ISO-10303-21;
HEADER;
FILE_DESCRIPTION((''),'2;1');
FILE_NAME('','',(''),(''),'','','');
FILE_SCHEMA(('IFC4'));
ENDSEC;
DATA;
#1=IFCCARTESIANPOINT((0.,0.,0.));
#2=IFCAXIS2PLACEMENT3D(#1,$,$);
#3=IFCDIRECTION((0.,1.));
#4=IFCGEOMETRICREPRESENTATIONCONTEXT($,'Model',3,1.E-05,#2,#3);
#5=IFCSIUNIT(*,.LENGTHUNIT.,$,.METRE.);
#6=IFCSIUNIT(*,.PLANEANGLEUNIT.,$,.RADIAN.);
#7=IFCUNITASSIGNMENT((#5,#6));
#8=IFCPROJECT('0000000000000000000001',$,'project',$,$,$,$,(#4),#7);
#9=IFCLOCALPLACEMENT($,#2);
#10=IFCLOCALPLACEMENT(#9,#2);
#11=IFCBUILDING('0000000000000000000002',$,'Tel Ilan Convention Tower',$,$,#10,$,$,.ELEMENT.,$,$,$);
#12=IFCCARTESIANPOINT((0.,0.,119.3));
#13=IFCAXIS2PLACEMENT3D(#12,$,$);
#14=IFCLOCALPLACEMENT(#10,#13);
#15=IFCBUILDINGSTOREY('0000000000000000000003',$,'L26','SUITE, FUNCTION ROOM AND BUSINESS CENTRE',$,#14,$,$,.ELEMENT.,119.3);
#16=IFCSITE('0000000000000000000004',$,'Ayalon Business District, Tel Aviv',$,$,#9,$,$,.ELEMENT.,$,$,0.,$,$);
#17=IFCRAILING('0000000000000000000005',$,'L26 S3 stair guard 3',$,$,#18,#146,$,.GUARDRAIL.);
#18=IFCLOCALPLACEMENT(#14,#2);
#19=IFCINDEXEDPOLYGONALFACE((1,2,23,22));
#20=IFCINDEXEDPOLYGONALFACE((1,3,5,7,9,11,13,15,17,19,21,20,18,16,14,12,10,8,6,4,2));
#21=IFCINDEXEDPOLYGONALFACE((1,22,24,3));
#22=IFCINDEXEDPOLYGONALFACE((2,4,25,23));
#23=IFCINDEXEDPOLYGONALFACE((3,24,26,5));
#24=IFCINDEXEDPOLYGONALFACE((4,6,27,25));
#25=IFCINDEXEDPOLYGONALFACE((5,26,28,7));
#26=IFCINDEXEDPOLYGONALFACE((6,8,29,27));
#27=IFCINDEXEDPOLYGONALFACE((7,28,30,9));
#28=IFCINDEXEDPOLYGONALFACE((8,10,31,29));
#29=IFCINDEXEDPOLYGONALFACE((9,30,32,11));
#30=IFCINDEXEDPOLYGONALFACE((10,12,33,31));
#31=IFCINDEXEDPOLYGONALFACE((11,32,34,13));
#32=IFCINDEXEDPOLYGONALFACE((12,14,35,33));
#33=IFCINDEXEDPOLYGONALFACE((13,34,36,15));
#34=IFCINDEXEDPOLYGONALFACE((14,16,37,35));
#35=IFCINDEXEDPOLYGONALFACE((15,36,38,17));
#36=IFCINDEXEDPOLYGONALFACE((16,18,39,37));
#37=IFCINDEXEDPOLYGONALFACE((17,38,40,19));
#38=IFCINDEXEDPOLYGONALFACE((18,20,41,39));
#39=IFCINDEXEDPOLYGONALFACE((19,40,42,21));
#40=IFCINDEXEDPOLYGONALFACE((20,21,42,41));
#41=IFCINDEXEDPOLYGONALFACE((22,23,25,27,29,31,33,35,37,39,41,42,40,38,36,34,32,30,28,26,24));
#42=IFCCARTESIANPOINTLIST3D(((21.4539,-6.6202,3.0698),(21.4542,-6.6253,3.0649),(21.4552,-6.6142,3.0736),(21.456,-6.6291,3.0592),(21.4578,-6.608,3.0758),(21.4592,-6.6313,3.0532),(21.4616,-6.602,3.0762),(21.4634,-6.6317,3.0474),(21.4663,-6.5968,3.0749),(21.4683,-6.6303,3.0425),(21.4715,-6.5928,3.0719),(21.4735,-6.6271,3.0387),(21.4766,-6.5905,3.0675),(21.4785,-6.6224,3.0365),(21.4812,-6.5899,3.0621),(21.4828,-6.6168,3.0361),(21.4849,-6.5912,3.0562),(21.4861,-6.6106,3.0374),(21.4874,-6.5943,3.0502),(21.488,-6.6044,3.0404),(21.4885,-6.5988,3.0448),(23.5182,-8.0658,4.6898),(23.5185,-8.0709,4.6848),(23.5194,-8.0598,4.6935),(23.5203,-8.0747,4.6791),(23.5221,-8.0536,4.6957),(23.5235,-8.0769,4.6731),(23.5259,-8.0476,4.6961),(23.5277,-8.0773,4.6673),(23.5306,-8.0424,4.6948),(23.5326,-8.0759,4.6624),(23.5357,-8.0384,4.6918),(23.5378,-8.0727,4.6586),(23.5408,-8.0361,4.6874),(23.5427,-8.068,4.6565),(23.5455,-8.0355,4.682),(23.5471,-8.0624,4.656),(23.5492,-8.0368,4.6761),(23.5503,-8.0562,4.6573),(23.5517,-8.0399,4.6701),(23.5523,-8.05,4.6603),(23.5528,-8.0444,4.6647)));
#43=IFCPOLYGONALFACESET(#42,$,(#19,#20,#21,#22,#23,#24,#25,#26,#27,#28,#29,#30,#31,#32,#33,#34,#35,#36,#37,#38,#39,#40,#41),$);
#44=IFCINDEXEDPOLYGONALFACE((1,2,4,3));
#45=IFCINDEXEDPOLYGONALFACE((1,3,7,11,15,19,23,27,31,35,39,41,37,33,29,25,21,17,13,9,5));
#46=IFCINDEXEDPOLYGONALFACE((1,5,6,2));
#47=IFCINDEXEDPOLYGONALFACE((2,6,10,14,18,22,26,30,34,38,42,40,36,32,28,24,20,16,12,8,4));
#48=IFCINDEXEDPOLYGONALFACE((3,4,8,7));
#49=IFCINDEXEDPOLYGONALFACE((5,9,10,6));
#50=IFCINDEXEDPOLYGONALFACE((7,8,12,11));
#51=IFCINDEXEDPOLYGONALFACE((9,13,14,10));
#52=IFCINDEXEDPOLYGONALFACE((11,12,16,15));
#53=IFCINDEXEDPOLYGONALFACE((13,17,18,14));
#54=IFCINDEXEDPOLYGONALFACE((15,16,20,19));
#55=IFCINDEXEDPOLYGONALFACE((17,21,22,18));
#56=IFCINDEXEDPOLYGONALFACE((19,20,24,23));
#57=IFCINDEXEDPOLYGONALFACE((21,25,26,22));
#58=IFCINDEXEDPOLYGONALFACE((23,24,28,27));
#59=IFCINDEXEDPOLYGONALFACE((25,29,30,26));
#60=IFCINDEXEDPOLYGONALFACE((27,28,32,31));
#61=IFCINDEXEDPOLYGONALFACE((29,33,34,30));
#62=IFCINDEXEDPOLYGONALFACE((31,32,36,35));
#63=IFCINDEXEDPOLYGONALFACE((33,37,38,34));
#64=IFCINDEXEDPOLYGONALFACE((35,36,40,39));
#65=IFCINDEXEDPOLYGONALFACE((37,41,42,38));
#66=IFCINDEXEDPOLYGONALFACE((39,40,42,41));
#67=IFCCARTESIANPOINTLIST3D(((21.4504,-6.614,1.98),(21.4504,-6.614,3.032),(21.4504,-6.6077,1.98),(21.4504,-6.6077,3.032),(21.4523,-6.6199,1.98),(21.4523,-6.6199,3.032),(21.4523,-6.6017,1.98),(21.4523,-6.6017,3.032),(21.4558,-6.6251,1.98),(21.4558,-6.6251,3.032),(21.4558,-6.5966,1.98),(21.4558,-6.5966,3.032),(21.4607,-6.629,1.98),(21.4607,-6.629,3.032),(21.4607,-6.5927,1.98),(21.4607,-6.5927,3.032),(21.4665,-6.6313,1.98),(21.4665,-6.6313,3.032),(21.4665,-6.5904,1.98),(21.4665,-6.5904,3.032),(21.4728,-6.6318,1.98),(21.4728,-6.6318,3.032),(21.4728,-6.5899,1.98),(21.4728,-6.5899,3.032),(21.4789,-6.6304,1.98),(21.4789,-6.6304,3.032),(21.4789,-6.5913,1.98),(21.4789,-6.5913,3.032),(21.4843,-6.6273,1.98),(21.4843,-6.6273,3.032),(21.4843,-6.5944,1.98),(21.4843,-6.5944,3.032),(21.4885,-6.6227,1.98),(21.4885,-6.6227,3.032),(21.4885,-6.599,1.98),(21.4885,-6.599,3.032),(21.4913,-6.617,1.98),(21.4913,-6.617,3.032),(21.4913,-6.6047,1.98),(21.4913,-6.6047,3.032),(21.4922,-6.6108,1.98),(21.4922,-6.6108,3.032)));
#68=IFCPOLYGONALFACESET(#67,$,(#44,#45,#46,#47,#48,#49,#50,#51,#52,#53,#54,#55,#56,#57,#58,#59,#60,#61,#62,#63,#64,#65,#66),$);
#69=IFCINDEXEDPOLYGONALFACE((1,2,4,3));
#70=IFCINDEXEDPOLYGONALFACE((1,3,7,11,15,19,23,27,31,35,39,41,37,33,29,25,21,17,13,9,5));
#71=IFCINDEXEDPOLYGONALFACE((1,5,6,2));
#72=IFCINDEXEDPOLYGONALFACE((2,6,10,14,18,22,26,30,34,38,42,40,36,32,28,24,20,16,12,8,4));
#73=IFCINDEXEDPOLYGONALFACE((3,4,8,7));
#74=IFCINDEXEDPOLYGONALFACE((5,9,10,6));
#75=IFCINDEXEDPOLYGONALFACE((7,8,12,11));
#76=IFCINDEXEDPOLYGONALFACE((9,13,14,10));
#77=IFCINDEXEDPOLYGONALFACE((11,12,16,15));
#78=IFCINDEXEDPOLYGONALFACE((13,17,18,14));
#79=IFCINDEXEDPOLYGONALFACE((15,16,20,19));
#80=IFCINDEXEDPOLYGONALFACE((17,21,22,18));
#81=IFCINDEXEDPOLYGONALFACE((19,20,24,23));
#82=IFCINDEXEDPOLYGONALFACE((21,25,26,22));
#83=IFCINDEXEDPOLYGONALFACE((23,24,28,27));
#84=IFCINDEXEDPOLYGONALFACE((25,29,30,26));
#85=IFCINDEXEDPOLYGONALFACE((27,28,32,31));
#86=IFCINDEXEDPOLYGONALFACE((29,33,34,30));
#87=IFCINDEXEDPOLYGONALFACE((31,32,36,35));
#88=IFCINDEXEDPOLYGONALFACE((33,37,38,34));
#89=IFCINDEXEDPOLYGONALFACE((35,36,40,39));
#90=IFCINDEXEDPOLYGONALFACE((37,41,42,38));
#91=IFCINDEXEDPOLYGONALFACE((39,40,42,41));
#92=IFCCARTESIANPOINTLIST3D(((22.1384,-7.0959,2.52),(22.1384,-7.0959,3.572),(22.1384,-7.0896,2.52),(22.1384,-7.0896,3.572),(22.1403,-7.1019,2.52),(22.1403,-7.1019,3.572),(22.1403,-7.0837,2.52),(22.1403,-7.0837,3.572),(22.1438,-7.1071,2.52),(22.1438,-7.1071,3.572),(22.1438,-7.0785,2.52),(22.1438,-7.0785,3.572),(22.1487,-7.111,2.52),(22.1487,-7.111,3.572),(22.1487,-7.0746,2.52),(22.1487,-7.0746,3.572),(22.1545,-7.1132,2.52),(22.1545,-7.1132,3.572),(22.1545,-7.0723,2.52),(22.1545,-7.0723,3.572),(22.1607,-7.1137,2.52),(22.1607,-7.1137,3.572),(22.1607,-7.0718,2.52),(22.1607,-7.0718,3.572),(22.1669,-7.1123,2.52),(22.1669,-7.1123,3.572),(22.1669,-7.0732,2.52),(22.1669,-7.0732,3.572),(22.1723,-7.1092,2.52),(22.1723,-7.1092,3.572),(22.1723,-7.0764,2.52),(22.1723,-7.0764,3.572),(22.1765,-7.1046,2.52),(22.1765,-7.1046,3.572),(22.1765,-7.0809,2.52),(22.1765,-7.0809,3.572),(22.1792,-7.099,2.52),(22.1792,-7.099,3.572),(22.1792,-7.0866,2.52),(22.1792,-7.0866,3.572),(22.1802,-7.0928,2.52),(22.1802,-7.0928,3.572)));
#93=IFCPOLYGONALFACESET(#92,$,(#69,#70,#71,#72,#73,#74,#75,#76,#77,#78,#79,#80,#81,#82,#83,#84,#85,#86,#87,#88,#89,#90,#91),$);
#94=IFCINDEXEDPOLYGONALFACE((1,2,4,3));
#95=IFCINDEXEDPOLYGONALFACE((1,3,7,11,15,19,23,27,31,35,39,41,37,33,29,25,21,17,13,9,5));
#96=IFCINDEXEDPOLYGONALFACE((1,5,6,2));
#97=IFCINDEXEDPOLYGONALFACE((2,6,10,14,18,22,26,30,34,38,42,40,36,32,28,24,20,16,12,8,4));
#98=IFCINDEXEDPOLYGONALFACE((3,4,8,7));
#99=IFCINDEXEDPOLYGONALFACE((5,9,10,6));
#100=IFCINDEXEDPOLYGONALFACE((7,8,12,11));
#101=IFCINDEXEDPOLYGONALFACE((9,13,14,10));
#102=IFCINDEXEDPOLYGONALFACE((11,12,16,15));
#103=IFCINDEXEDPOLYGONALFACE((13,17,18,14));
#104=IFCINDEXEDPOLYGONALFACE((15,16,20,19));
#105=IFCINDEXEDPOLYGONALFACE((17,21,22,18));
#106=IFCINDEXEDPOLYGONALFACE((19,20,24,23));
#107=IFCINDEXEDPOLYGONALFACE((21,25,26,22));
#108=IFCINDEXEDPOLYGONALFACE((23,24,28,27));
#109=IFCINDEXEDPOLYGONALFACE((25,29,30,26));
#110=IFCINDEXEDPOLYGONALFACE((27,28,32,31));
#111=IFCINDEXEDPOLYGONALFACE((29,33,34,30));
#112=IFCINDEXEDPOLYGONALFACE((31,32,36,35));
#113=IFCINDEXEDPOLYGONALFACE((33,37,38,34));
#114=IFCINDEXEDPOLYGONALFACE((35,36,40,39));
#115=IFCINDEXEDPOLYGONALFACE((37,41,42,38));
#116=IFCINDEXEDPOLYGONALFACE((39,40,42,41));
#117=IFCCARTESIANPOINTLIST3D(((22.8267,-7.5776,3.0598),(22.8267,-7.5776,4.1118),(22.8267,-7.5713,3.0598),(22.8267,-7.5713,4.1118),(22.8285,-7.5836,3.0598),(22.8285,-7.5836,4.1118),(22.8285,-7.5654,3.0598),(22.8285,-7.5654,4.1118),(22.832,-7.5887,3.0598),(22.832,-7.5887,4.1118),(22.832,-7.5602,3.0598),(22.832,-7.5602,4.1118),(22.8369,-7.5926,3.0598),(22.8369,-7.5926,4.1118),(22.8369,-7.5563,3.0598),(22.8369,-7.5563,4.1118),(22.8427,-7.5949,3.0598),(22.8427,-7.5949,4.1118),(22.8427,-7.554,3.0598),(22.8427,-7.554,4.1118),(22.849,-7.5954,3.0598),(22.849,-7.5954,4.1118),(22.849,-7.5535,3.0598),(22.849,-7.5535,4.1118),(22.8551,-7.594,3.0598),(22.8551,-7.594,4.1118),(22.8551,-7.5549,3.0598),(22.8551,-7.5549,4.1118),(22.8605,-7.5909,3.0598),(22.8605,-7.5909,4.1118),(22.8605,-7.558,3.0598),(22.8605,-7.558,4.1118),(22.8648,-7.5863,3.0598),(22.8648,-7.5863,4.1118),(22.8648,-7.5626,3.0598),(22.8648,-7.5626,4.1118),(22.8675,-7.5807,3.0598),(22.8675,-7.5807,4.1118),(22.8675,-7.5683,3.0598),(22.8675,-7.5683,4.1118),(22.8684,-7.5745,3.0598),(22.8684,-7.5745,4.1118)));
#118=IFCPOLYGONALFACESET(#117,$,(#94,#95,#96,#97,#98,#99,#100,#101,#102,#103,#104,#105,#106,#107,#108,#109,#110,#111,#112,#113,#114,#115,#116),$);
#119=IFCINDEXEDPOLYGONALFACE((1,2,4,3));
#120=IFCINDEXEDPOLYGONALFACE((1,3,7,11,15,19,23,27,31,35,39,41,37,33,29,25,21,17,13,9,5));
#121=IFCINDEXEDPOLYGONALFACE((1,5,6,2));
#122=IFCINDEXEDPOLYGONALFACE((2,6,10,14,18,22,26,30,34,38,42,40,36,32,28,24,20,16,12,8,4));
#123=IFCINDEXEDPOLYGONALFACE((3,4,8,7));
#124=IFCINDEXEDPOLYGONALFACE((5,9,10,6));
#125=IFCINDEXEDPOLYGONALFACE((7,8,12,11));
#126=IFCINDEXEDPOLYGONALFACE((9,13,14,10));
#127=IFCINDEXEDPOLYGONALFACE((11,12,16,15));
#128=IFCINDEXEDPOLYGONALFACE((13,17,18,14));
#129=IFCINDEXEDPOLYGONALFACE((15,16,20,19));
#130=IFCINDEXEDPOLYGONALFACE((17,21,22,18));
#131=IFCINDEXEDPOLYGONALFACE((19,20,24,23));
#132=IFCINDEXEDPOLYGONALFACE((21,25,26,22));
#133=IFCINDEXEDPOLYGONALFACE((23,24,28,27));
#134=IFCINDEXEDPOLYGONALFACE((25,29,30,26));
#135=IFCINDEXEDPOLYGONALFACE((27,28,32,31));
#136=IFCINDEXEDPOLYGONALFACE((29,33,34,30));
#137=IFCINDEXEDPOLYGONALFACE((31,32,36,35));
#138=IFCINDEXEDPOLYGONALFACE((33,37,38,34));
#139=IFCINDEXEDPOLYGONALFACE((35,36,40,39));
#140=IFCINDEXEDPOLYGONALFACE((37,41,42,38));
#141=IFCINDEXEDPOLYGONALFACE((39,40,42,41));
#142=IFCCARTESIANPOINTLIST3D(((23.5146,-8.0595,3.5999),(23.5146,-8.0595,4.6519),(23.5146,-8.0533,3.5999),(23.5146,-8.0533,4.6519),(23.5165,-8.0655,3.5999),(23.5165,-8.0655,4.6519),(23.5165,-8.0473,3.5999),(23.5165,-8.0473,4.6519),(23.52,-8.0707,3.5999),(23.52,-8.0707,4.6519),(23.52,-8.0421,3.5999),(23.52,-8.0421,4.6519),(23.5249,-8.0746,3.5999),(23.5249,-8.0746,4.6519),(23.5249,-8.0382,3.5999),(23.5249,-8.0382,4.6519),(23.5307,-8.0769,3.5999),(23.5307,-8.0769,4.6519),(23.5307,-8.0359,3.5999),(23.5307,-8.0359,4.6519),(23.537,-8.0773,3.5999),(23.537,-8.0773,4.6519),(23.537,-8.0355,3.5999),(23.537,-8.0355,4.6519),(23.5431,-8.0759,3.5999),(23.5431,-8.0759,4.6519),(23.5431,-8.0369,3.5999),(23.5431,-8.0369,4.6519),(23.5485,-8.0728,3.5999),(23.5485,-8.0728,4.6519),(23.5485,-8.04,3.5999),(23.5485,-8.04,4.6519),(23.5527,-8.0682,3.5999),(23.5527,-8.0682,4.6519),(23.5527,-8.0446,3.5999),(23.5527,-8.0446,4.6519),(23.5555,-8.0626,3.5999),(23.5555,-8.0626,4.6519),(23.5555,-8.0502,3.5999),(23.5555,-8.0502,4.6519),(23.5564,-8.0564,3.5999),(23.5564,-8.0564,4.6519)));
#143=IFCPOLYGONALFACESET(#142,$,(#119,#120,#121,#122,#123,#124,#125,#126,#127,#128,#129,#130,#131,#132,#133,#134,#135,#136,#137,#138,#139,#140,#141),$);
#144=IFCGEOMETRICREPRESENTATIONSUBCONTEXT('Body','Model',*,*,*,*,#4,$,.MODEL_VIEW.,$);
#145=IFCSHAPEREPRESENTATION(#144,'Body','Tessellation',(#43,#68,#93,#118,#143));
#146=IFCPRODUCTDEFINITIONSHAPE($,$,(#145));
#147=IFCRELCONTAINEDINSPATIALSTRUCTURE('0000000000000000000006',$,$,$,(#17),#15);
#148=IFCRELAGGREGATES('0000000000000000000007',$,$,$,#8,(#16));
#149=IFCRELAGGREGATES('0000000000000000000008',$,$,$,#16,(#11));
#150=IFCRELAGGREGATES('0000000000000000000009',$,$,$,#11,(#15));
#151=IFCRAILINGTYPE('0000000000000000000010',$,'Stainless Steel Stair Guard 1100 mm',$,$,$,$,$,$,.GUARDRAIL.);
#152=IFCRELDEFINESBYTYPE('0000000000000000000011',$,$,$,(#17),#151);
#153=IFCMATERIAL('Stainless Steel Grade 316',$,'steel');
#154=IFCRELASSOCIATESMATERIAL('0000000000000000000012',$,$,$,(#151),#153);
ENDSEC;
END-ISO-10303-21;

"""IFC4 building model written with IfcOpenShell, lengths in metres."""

from ifc_helpers import new_model, si_unit, direction, frame, origin, origin_2d, place, context, subcontext, project, spatial, circle, extrude, material, type_object, element, save


model = new_model("IFC4")

# Units and contexts
model_context = context("Model", 3, precision=1e-05, world=origin(), true_north=direction((0.0, 1.0)))
body_context = subcontext(model_context, "Body", "Model", "MODEL_VIEW")
ifc_project = project(units=[si_unit("LENGTHUNIT", "METRE"), si_unit("PLANEANGLEUNIT", "RADIAN")], contexts=[model_context])

# Site, building, storey
site_placement = place(None, origin())
site = spatial("IfcSite", under=ifc_project, at=site_placement, Name="Ayalon Business District, Tel Aviv", CompositionType="ELEMENT", RefElevation=0.0)
building_placement = place(site_placement, origin())
building = spatial("IfcBuilding", under=site, at=building_placement, Name="Tel Ilan Convention Tower", CompositionType="ELEMENT")
storey_placement = place(building_placement, frame((0.0, 0.0, 119.3)))
storey = spatial("IfcBuildingStorey", under=building, at=storey_placement, Name="L26", Description="SUITE, FUNCTION ROOM AND BUSINESS CENTRE", CompositionType="ELEMENT", Elevation=119.3)

# Railing
ifc_material_1 = material(Name="Stainless Steel Grade 316", Category="steel")
railing_type_1 = type_object("IfcRailingType", Name="Stainless Steel Stair Guard 1100 mm", PredefinedType="GUARDRAIL", material=ifc_material_1)
railing_1_placement = place(storey_placement, frame((21.4712, -6.6108, 1.98)))
element("IfcRailing", 1, at=railing_1_placement, inside=storey, type_object=railing_type_1, Name="L26 S3 stair guard 3", PredefinedType="GUARDRAIL", context=body_context, shape_type="SweptSolid", body=[
    extrude(circle(Radius=0.0239, at=origin_2d()), frame((0.0, 0.0, 1.0762), z_axis=(0.689043, -0.482534, 0.540722), x_axis=(0.573625, 0.819118, 0.0)), (0.0, 0.0, 1.0), 2.9958),
    extrude(circle(Radius=0.021, at=origin_2d()), origin(), (0.0, 0.0, 1.0), 1.052),
    extrude(circle(Radius=0.021, at=origin_2d()), frame((0.688, -0.4819, 0.54)), (0.0, 0.0, 1.0), 1.052),
    extrude(circle(Radius=0.021, at=origin_2d()), frame((1.3762, -0.9636, 1.0798)), (0.0, 0.0, 1.0), 1.052),
    extrude(circle(Radius=0.021, at=origin_2d()), frame((2.0642, -1.4456, 1.6199)), (0.0, 0.0, 1.0), 1.052),
])

save(model, "model.ifc")
